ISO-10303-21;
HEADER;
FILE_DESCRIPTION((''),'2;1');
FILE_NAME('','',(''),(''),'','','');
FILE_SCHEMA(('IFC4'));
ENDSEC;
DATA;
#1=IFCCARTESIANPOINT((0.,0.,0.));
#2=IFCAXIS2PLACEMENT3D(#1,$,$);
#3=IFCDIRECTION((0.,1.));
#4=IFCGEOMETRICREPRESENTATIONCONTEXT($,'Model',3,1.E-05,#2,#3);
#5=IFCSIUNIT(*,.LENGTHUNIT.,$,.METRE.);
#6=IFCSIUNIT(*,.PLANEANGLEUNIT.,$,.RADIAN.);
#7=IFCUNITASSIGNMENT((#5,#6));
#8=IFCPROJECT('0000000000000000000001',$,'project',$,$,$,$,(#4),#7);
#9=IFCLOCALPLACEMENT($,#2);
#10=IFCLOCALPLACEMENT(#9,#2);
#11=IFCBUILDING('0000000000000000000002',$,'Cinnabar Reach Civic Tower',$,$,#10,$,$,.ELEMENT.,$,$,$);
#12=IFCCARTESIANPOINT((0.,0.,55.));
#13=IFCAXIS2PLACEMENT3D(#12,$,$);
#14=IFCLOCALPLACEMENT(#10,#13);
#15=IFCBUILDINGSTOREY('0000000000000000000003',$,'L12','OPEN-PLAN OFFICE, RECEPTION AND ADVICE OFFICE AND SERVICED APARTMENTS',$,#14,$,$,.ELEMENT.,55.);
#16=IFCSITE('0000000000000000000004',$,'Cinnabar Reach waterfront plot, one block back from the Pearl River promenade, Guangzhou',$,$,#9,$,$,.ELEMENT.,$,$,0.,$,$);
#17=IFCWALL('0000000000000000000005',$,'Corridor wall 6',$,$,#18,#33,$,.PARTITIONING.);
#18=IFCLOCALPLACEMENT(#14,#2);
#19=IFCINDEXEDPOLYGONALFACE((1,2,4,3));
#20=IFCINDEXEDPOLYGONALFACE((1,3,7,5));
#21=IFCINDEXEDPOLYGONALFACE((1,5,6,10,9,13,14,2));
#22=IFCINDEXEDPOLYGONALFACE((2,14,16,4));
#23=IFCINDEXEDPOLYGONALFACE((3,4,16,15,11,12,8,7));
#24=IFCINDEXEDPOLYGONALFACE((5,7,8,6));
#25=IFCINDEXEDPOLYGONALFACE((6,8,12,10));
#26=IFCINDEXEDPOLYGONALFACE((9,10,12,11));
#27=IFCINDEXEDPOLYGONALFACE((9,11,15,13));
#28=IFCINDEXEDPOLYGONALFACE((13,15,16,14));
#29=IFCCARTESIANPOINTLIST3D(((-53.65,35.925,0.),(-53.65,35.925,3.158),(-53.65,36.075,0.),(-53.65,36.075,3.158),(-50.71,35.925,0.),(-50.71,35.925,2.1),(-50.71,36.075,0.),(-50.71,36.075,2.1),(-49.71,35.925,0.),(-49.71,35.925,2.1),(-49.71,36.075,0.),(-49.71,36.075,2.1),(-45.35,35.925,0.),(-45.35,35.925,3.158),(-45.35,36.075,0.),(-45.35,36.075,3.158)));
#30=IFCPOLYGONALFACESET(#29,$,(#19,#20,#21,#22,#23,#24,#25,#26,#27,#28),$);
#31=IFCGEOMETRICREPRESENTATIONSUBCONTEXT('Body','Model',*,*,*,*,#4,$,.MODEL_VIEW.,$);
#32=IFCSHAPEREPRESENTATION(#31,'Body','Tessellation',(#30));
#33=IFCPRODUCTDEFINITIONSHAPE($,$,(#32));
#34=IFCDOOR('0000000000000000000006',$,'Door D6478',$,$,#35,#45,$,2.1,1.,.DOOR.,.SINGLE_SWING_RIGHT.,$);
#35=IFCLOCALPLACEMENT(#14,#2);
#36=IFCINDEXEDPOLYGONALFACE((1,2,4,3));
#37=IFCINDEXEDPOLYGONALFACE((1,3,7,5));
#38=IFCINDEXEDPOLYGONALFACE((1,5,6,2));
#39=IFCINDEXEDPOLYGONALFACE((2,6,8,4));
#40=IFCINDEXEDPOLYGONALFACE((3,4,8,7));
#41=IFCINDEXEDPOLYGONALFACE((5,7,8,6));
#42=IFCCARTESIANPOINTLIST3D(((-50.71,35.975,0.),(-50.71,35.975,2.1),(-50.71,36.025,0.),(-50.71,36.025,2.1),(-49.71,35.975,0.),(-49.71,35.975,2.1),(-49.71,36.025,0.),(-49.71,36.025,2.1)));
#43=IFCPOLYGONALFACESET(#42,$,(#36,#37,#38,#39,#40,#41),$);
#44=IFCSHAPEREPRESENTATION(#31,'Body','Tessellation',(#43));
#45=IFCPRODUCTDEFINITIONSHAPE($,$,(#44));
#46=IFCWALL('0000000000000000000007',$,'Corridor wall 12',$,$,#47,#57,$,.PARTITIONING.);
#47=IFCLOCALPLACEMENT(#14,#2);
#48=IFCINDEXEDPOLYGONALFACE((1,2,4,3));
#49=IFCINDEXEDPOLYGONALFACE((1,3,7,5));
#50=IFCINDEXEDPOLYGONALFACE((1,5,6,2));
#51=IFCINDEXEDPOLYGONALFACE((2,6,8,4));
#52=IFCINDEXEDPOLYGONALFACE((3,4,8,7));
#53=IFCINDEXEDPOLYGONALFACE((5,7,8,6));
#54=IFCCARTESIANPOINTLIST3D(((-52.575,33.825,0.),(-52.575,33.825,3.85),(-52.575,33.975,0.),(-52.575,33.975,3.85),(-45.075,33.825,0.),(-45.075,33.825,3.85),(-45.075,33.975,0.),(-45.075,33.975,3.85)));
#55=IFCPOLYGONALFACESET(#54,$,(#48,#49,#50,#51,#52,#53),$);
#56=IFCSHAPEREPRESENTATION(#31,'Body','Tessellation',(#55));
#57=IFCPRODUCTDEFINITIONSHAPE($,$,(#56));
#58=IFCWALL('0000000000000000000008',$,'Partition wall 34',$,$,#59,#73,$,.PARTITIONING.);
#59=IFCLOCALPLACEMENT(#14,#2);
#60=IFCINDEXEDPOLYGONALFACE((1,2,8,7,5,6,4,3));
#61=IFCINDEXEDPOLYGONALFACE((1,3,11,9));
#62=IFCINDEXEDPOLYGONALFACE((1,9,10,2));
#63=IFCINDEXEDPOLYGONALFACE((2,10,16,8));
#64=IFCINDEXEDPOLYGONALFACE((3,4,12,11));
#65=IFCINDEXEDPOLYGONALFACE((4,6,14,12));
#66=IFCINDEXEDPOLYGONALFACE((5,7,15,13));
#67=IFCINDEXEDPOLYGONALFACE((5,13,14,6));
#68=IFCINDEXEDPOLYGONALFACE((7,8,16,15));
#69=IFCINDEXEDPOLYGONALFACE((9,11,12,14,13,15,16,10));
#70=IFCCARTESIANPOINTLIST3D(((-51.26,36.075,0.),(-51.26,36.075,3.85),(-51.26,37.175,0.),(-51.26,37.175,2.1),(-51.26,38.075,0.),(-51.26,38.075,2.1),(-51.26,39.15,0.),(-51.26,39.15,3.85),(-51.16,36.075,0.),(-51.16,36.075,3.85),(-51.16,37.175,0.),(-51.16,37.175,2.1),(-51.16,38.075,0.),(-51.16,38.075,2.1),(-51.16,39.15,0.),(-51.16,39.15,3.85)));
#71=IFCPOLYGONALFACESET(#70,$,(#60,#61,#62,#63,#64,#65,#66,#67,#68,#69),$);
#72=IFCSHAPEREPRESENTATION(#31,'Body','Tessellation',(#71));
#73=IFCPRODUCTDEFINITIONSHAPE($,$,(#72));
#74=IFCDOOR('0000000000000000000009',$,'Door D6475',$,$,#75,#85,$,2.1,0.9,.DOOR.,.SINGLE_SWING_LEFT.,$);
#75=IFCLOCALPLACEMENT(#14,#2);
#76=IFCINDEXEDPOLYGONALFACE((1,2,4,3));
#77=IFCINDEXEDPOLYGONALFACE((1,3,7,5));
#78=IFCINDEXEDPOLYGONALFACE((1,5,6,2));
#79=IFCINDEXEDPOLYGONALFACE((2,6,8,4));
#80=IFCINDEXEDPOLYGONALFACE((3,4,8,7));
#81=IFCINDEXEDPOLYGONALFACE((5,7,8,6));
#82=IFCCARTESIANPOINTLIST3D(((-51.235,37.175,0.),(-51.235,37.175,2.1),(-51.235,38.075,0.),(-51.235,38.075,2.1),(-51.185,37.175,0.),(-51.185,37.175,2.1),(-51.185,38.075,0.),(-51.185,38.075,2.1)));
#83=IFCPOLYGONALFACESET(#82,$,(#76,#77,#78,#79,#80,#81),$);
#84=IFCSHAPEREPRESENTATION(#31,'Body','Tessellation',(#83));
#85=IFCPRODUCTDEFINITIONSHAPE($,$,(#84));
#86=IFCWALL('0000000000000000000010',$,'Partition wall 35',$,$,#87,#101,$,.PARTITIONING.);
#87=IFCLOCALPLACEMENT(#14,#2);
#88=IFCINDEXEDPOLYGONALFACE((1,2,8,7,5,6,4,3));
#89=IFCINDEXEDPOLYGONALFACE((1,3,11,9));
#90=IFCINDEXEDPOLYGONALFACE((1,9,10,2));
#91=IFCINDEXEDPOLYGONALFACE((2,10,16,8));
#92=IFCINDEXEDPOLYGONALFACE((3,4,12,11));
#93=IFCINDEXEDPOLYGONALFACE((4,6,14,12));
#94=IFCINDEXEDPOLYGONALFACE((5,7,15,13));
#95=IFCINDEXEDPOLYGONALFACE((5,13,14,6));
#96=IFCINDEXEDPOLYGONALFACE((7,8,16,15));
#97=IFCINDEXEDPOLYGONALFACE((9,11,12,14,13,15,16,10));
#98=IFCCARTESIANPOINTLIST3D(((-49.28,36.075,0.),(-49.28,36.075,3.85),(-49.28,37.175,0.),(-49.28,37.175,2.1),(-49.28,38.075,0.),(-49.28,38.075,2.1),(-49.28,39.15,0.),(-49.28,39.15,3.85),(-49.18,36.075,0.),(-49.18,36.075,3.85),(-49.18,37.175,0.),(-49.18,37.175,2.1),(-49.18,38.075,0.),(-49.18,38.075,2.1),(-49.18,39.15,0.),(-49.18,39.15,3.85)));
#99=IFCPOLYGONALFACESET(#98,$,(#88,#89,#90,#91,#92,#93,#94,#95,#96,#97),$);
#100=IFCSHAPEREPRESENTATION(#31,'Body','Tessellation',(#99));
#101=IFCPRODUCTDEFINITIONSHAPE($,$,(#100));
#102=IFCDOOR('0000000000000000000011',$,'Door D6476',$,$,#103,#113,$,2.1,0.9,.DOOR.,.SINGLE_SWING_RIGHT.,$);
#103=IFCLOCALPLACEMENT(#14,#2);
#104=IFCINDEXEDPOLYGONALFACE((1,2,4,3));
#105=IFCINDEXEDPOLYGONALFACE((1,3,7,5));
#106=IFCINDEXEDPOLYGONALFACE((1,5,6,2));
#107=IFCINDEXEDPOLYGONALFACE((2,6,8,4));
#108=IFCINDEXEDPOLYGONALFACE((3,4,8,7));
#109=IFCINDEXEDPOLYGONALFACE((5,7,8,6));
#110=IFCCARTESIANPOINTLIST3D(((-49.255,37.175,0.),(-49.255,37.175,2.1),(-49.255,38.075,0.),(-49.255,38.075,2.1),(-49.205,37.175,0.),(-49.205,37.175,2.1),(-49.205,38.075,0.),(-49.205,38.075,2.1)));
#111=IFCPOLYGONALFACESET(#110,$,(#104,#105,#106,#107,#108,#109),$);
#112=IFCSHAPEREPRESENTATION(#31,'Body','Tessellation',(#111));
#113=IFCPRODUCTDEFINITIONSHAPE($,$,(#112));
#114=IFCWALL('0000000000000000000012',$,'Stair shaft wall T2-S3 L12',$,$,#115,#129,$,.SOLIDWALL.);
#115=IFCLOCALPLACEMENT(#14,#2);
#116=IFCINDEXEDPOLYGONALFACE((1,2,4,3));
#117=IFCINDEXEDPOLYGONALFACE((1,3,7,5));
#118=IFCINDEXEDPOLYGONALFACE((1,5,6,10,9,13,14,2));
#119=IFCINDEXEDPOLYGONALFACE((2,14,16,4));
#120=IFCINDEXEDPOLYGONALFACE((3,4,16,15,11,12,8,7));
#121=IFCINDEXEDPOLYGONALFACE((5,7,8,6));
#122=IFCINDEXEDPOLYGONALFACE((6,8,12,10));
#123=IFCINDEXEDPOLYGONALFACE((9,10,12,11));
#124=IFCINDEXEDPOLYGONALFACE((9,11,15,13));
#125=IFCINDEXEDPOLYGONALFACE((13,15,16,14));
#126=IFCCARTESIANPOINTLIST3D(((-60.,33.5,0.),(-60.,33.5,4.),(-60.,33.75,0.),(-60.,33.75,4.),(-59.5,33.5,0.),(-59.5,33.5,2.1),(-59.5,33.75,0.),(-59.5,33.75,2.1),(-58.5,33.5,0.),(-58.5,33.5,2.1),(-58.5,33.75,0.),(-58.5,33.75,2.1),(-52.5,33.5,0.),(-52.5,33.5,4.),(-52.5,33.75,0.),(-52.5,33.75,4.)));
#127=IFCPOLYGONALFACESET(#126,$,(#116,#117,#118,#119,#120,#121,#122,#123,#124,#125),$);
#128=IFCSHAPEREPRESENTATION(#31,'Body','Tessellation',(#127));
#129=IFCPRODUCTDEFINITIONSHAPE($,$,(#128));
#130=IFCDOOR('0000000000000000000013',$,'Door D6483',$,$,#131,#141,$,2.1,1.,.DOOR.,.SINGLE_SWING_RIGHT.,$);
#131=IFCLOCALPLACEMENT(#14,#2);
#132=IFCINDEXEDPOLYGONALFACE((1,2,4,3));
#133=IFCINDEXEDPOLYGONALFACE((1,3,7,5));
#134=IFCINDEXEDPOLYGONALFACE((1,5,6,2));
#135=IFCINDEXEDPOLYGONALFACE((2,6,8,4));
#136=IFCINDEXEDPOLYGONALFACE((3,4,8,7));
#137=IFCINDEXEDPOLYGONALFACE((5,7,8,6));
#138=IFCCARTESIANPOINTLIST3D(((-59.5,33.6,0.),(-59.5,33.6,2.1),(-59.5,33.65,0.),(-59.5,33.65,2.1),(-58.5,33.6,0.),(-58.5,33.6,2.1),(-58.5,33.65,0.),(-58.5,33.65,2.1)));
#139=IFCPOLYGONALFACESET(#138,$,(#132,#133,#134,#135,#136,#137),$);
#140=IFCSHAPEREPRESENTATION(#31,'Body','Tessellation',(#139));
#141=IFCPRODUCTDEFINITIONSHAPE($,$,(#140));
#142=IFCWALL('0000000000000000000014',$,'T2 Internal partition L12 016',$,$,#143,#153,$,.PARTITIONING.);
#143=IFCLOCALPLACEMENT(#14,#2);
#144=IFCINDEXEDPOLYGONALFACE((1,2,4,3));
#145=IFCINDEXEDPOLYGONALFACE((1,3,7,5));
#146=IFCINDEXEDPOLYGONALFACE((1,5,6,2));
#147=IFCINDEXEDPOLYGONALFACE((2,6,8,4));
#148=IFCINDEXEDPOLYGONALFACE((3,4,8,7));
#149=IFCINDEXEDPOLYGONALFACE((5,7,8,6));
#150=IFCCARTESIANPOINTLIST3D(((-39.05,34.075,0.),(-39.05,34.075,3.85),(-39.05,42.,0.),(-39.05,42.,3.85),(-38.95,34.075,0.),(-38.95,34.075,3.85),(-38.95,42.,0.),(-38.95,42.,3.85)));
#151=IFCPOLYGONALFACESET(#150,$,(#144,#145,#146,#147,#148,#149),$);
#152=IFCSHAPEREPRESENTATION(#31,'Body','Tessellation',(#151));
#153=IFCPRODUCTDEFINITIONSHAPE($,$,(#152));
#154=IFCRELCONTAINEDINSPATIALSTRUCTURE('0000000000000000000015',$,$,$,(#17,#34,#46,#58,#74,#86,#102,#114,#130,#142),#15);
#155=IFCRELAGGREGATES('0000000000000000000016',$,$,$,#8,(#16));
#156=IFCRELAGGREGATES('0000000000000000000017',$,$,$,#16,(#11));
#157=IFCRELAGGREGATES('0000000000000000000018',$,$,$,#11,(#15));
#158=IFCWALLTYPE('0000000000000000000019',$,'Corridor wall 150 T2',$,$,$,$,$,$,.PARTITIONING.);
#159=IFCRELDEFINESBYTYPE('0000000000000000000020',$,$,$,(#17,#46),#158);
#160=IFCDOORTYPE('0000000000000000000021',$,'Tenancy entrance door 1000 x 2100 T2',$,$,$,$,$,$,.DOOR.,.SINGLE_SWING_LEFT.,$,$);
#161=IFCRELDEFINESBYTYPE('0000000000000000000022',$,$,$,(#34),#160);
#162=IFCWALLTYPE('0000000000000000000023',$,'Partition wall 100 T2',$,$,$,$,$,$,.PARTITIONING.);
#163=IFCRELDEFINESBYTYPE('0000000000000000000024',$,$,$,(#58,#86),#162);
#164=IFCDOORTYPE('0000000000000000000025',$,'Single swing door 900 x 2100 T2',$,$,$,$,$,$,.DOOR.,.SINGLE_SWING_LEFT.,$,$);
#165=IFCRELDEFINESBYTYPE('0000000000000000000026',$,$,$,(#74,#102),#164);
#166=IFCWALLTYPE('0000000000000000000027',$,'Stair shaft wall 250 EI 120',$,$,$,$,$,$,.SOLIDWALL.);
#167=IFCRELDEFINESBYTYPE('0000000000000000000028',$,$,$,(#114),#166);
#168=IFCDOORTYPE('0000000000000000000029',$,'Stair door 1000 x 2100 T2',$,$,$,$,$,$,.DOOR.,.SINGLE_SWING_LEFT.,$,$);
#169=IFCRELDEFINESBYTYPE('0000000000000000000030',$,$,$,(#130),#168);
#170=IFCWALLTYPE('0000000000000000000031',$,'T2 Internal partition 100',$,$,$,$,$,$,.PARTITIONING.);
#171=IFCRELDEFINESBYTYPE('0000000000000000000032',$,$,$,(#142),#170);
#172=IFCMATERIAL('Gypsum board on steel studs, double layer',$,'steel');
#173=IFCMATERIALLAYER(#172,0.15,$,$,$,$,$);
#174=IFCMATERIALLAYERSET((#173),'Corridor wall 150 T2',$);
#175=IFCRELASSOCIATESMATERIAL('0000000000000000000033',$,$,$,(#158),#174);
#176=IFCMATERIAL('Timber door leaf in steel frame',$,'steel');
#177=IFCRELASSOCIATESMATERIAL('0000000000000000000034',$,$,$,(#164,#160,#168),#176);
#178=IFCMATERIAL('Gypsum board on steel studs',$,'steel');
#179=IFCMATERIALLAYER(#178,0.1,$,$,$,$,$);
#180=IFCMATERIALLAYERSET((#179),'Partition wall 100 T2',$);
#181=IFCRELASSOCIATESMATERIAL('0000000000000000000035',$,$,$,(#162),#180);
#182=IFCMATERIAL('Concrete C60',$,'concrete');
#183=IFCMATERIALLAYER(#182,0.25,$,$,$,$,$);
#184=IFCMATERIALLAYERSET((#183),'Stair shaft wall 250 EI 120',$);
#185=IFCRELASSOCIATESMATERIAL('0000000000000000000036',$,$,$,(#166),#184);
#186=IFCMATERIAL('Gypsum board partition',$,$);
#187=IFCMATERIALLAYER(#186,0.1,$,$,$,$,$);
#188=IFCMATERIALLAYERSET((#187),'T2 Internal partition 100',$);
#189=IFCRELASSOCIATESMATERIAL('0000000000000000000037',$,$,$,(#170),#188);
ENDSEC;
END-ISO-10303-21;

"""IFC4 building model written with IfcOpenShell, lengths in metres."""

from ifc_helpers import new_model, si_unit, direction, frame, frame_2d, origin, place, context, subcontext, project, spatial, rectangle, extrude, material, layer, layer_set, type_object, element, fill, save


model = new_model("IFC4")

# Units and contexts
model_context = context("Model", 3, precision=1e-05, world=origin(), true_north=direction((0.0, 1.0)))
body_context = subcontext(model_context, "Body", "Model", "MODEL_VIEW")
ifc_project = project(units=[si_unit("LENGTHUNIT", "METRE"), si_unit("PLANEANGLEUNIT", "RADIAN")], contexts=[model_context])

# Site, building, storey
site_placement = place(None, origin())
site = spatial("IfcSite", under=ifc_project, at=site_placement, Name="Cinnabar Reach waterfront plot, one block back from the Pearl River promenade, Guangzhou", CompositionType="ELEMENT", RefElevation=0.0)
building_placement = place(site_placement, origin())
building = spatial("IfcBuilding", under=site, at=building_placement, Name="Cinnabar Reach Civic Tower", CompositionType="ELEMENT")
storey_placement = place(building_placement, frame((0.0, 0.0, 55.0)))
storey = spatial("IfcBuildingStorey", under=building, at=storey_placement, Name="L12", Description="OPEN-PLAN OFFICE, RECEPTION AND ADVICE OFFICE AND SERVICED APARTMENTS", CompositionType="ELEMENT", Elevation=55.0)

# Shared definitions
ifc_material_1 = material(Name="Concrete C60", Category="concrete")

# Wall, opening, door
ifc_material_2 = material(Name="Gypsum board on steel studs, double layer", Category="steel")
ifc_layer_1 = layer(ifc_material_2, 0.15)
ifc_layer_set_1 = layer_set([ifc_layer_1], Name="Corridor wall 150 T2")
wall_type_1 = type_object("IfcWallType", Name="Corridor wall 150 T2", PredefinedType="PARTITIONING", material=ifc_layer_set_1)
ifc_material_3 = material(Name="Timber door leaf in steel frame", Category="steel")
door_type_1 = type_object("IfcDoorType", Name="Single swing door 900 x 2100 T2", OperationType="SINGLE_SWING_LEFT", PredefinedType="DOOR", material=ifc_material_3)
wall_1_placement = place(storey_placement, frame((-53.65, 36.0, 0.0), z_axis=(0.0, 0.0, 1.0), x_axis=(1.0, 0.0, 0.0)))
wall_1 = element("IfcWall", 1, at=wall_1_placement, inside=storey, type_object=wall_type_1, Name="Corridor wall 6", PredefinedType="PARTITIONING", context=body_context, shape_type="SweptSolid", body=[
    extrude(rectangle(XDim=8.3, YDim=0.15, at=frame_2d((4.15, 0.0))), origin(), (0.0, 0.0, 1.0), 3.158),
])
opening_1_placement = place(wall_1_placement, frame((2.94, 0.0, 0.0)))
opening_1 = element("IfcOpeningElement", 2, at=opening_1_placement, cuts=wall_1, PredefinedType="OPENING", context=body_context, shape_type="SweptSolid", body=[
    extrude(rectangle(XDim=1.0, YDim=2.1, at=frame_2d((0.5, 1.05))), frame((0.0, 0.085, 0.0), z_axis=(0.0, -1.0, 0.0), x_axis=(1.0, 0.0, 0.0)), (0.0, 0.0, 1.0), 0.17),
])
door_type_2 = type_object("IfcDoorType", Name="Tenancy entrance door 1000 x 2100 T2", OperationType="SINGLE_SWING_LEFT", PredefinedType="DOOR", material=ifc_material_3)
door_1_placement = place(opening_1_placement, origin())
door_1 = element("IfcDoor", 3, at=door_1_placement, inside=storey, type_object=door_type_2, Name="Door D6478", OperationType="SINGLE_SWING_RIGHT", OverallHeight=2.1, OverallWidth=1.0, PredefinedType="DOOR", context=body_context, shape_type="SweptSolid", body=[
    extrude(rectangle(XDim=1.0, YDim=2.1, at=frame_2d((0.5, 1.05))), frame((0.0, 0.025, 0.0), z_axis=(0.0, -1.0, 0.0), x_axis=(1.0, 0.0, 0.0)), (0.0, 0.0, 1.0), 0.05),
])
fill(opening_1, door_1)

# Wall
wall_2_placement = place(storey_placement, frame((-52.575, 33.9, 0.0), z_axis=(0.0, 0.0, 1.0), x_axis=(1.0, 0.0, 0.0)))
element("IfcWall", 4, at=wall_2_placement, inside=storey, type_object=wall_type_1, Name="Corridor wall 12", PredefinedType="PARTITIONING", context=body_context, shape_type="SweptSolid", body=[
    extrude(rectangle(XDim=7.5, YDim=0.15, at=frame_2d((3.75, 0.0))), origin(), (0.0, 0.0, 1.0), 3.85),
])

# Walls, openings, doors
ifc_material_4 = material(Name="Gypsum board on steel studs", Category="steel")
ifc_layer_2 = layer(ifc_material_4, 0.1)
ifc_layer_set_2 = layer_set([ifc_layer_2], Name="Partition wall 100 T2")
wall_type_2 = type_object("IfcWallType", Name="Partition wall 100 T2", PredefinedType="PARTITIONING", material=ifc_layer_set_2)
wall_3_placement = place(storey_placement, frame((-51.21, 36.075, 0.0), z_axis=(0.0, 0.0, 1.0), x_axis=(0.0, 1.0, 0.0)))
wall_3 = element("IfcWall", 5, at=wall_3_placement, inside=storey, type_object=wall_type_2, Name="Partition wall 34", PredefinedType="PARTITIONING", context=body_context, shape_type="SweptSolid", body=[
    extrude(rectangle(XDim=3.075, YDim=0.1, at=frame_2d((1.5375, 0.0))), origin(), (0.0, 0.0, 1.0), 3.85),
])
opening_2_placement = place(wall_3_placement, frame((1.1, 0.0, 0.0)))
opening_2 = element("IfcOpeningElement", 6, at=opening_2_placement, cuts=wall_3, PredefinedType="OPENING", context=body_context, shape_type="SweptSolid", body=[
    extrude(rectangle(XDim=0.9, YDim=2.1, at=frame_2d((0.45, 1.05))), frame((0.0, 0.06, 0.0), z_axis=(0.0, -1.0, 0.0), x_axis=(1.0, 0.0, 0.0)), (0.0, 0.0, 1.0), 0.12),
])
door_2_placement = place(opening_2_placement, origin())
door_2 = element("IfcDoor", 7, at=door_2_placement, inside=storey, type_object=door_type_1, Name="Door D6475", OperationType="SINGLE_SWING_LEFT", OverallHeight=2.1, OverallWidth=0.9, PredefinedType="DOOR", context=body_context, shape_type="SweptSolid", body=[
    extrude(rectangle(XDim=0.9, YDim=2.1, at=frame_2d((0.45, 1.05))), frame((0.0, 0.025, 0.0), z_axis=(0.0, -1.0, 0.0), x_axis=(1.0, 0.0, 0.0)), (0.0, 0.0, 1.0), 0.05),
])
fill(opening_2, door_2)
wall_4_placement = place(storey_placement, frame((-49.23, 36.075, 0.0), z_axis=(0.0, 0.0, 1.0), x_axis=(0.0, 1.0, 0.0)))
wall_4 = element("IfcWall", 8, at=wall_4_placement, inside=storey, type_object=wall_type_2, Name="Partition wall 35", PredefinedType="PARTITIONING", context=body_context, shape_type="SweptSolid", body=[
    extrude(rectangle(XDim=3.075, YDim=0.1, at=frame_2d((1.5375, 0.0))), origin(), (0.0, 0.0, 1.0), 3.85),
])
opening_3_placement = place(wall_4_placement, frame((1.1, 0.0, 0.0)))
opening_3 = element("IfcOpeningElement", 9, at=opening_3_placement, cuts=wall_4, PredefinedType="OPENING", context=body_context, shape_type="SweptSolid", body=[
    extrude(rectangle(XDim=0.9, YDim=2.1, at=frame_2d((0.45, 1.05))), frame((0.0, 0.06, 0.0), z_axis=(0.0, -1.0, 0.0), x_axis=(1.0, 0.0, 0.0)), (0.0, 0.0, 1.0), 0.12),
])
door_3_placement = place(opening_3_placement, origin())
door_3 = element("IfcDoor", 10, at=door_3_placement, inside=storey, type_object=door_type_1, Name="Door D6476", OperationType="SINGLE_SWING_RIGHT", OverallHeight=2.1, OverallWidth=0.9, PredefinedType="DOOR", context=body_context, shape_type="SweptSolid", body=[
    extrude(rectangle(XDim=0.9, YDim=2.1, at=frame_2d((0.45, 1.05))), frame((0.0, 0.025, 0.0), z_axis=(0.0, -1.0, 0.0), x_axis=(1.0, 0.0, 0.0)), (0.0, 0.0, 1.0), 0.05),
])
fill(opening_3, door_3)
ifc_layer_3 = layer(ifc_material_1, 0.25)
ifc_layer_set_3 = layer_set([ifc_layer_3], Name="Stair shaft wall 250 EI 120")
wall_type_3 = type_object("IfcWallType", Name="Stair shaft wall 250 EI 120", PredefinedType="SOLIDWALL", material=ifc_layer_set_3)
wall_5_placement = place(storey_placement, frame((-52.5, 33.625, 0.0), z_axis=(0.0, 0.0, 1.0), x_axis=(-1.0, 0.0, 0.0)))
wall_5 = element("IfcWall", 11, at=wall_5_placement, inside=storey, type_object=wall_type_3, Name="Stair shaft wall T2-S3 L12", PredefinedType="SOLIDWALL", context=body_context, shape_type="SweptSolid", body=[
    extrude(rectangle(XDim=7.5, YDim=0.25, at=frame_2d((3.75, 0.0))), origin(), (0.0, 0.0, 1.0), 4.0),
])
opening_4_placement = place(wall_5_placement, frame((6.0, 0.0, 0.0)))
opening_4 = element("IfcOpeningElement", 12, at=opening_4_placement, cuts=wall_5, PredefinedType="OPENING", context=body_context, shape_type="SweptSolid", body=[
    extrude(rectangle(XDim=1.0, YDim=2.1, at=frame_2d((0.5, 1.05))), frame((0.0, 0.135, 0.0), z_axis=(0.0, -1.0, 0.0), x_axis=(1.0, 0.0, 0.0)), (0.0, 0.0, 1.0), 0.27),
])
door_type_3 = type_object("IfcDoorType", Name="Stair door 1000 x 2100 T2", OperationType="SINGLE_SWING_LEFT", PredefinedType="DOOR", material=ifc_material_3)
door_4_placement = place(opening_4_placement, origin())
door_4 = element("IfcDoor", 13, at=door_4_placement, inside=storey, type_object=door_type_3, Name="Door D6483", OperationType="SINGLE_SWING_RIGHT", OverallHeight=2.1, OverallWidth=1.0, PredefinedType="DOOR", context=body_context, shape_type="SweptSolid", body=[
    extrude(rectangle(XDim=1.0, YDim=2.1, at=frame_2d((0.5, 1.05))), frame((0.0, 0.025, 0.0), z_axis=(0.0, -1.0, 0.0), x_axis=(1.0, 0.0, 0.0)), (0.0, 0.0, 1.0), 0.05),
])
fill(opening_4, door_4)

# Wall
ifc_material_5 = material(Name="Gypsum board partition")
ifc_layer_4 = layer(ifc_material_5, 0.1)
ifc_layer_set_4 = layer_set([ifc_layer_4], Name="T2 Internal partition 100")
wall_type_4 = type_object("IfcWallType", Name="T2 Internal partition 100", PredefinedType="PARTITIONING", material=ifc_layer_set_4)
wall_6_placement = place(storey_placement, frame((-39.0, 34.075, 0.0), z_axis=(0.0, 0.0, 1.0), x_axis=(0.0, 1.0, 0.0)))
element("IfcWall", 14, at=wall_6_placement, inside=storey, type_object=wall_type_4, Name="T2 Internal partition L12 016", PredefinedType="PARTITIONING", context=body_context, shape_type="SweptSolid", body=[
    extrude(rectangle(XDim=7.925, YDim=0.1, at=frame_2d((3.9625, 0.0))), origin(), (0.0, 0.0, 1.0), 3.85),
])

save(model, "model.ifc")
